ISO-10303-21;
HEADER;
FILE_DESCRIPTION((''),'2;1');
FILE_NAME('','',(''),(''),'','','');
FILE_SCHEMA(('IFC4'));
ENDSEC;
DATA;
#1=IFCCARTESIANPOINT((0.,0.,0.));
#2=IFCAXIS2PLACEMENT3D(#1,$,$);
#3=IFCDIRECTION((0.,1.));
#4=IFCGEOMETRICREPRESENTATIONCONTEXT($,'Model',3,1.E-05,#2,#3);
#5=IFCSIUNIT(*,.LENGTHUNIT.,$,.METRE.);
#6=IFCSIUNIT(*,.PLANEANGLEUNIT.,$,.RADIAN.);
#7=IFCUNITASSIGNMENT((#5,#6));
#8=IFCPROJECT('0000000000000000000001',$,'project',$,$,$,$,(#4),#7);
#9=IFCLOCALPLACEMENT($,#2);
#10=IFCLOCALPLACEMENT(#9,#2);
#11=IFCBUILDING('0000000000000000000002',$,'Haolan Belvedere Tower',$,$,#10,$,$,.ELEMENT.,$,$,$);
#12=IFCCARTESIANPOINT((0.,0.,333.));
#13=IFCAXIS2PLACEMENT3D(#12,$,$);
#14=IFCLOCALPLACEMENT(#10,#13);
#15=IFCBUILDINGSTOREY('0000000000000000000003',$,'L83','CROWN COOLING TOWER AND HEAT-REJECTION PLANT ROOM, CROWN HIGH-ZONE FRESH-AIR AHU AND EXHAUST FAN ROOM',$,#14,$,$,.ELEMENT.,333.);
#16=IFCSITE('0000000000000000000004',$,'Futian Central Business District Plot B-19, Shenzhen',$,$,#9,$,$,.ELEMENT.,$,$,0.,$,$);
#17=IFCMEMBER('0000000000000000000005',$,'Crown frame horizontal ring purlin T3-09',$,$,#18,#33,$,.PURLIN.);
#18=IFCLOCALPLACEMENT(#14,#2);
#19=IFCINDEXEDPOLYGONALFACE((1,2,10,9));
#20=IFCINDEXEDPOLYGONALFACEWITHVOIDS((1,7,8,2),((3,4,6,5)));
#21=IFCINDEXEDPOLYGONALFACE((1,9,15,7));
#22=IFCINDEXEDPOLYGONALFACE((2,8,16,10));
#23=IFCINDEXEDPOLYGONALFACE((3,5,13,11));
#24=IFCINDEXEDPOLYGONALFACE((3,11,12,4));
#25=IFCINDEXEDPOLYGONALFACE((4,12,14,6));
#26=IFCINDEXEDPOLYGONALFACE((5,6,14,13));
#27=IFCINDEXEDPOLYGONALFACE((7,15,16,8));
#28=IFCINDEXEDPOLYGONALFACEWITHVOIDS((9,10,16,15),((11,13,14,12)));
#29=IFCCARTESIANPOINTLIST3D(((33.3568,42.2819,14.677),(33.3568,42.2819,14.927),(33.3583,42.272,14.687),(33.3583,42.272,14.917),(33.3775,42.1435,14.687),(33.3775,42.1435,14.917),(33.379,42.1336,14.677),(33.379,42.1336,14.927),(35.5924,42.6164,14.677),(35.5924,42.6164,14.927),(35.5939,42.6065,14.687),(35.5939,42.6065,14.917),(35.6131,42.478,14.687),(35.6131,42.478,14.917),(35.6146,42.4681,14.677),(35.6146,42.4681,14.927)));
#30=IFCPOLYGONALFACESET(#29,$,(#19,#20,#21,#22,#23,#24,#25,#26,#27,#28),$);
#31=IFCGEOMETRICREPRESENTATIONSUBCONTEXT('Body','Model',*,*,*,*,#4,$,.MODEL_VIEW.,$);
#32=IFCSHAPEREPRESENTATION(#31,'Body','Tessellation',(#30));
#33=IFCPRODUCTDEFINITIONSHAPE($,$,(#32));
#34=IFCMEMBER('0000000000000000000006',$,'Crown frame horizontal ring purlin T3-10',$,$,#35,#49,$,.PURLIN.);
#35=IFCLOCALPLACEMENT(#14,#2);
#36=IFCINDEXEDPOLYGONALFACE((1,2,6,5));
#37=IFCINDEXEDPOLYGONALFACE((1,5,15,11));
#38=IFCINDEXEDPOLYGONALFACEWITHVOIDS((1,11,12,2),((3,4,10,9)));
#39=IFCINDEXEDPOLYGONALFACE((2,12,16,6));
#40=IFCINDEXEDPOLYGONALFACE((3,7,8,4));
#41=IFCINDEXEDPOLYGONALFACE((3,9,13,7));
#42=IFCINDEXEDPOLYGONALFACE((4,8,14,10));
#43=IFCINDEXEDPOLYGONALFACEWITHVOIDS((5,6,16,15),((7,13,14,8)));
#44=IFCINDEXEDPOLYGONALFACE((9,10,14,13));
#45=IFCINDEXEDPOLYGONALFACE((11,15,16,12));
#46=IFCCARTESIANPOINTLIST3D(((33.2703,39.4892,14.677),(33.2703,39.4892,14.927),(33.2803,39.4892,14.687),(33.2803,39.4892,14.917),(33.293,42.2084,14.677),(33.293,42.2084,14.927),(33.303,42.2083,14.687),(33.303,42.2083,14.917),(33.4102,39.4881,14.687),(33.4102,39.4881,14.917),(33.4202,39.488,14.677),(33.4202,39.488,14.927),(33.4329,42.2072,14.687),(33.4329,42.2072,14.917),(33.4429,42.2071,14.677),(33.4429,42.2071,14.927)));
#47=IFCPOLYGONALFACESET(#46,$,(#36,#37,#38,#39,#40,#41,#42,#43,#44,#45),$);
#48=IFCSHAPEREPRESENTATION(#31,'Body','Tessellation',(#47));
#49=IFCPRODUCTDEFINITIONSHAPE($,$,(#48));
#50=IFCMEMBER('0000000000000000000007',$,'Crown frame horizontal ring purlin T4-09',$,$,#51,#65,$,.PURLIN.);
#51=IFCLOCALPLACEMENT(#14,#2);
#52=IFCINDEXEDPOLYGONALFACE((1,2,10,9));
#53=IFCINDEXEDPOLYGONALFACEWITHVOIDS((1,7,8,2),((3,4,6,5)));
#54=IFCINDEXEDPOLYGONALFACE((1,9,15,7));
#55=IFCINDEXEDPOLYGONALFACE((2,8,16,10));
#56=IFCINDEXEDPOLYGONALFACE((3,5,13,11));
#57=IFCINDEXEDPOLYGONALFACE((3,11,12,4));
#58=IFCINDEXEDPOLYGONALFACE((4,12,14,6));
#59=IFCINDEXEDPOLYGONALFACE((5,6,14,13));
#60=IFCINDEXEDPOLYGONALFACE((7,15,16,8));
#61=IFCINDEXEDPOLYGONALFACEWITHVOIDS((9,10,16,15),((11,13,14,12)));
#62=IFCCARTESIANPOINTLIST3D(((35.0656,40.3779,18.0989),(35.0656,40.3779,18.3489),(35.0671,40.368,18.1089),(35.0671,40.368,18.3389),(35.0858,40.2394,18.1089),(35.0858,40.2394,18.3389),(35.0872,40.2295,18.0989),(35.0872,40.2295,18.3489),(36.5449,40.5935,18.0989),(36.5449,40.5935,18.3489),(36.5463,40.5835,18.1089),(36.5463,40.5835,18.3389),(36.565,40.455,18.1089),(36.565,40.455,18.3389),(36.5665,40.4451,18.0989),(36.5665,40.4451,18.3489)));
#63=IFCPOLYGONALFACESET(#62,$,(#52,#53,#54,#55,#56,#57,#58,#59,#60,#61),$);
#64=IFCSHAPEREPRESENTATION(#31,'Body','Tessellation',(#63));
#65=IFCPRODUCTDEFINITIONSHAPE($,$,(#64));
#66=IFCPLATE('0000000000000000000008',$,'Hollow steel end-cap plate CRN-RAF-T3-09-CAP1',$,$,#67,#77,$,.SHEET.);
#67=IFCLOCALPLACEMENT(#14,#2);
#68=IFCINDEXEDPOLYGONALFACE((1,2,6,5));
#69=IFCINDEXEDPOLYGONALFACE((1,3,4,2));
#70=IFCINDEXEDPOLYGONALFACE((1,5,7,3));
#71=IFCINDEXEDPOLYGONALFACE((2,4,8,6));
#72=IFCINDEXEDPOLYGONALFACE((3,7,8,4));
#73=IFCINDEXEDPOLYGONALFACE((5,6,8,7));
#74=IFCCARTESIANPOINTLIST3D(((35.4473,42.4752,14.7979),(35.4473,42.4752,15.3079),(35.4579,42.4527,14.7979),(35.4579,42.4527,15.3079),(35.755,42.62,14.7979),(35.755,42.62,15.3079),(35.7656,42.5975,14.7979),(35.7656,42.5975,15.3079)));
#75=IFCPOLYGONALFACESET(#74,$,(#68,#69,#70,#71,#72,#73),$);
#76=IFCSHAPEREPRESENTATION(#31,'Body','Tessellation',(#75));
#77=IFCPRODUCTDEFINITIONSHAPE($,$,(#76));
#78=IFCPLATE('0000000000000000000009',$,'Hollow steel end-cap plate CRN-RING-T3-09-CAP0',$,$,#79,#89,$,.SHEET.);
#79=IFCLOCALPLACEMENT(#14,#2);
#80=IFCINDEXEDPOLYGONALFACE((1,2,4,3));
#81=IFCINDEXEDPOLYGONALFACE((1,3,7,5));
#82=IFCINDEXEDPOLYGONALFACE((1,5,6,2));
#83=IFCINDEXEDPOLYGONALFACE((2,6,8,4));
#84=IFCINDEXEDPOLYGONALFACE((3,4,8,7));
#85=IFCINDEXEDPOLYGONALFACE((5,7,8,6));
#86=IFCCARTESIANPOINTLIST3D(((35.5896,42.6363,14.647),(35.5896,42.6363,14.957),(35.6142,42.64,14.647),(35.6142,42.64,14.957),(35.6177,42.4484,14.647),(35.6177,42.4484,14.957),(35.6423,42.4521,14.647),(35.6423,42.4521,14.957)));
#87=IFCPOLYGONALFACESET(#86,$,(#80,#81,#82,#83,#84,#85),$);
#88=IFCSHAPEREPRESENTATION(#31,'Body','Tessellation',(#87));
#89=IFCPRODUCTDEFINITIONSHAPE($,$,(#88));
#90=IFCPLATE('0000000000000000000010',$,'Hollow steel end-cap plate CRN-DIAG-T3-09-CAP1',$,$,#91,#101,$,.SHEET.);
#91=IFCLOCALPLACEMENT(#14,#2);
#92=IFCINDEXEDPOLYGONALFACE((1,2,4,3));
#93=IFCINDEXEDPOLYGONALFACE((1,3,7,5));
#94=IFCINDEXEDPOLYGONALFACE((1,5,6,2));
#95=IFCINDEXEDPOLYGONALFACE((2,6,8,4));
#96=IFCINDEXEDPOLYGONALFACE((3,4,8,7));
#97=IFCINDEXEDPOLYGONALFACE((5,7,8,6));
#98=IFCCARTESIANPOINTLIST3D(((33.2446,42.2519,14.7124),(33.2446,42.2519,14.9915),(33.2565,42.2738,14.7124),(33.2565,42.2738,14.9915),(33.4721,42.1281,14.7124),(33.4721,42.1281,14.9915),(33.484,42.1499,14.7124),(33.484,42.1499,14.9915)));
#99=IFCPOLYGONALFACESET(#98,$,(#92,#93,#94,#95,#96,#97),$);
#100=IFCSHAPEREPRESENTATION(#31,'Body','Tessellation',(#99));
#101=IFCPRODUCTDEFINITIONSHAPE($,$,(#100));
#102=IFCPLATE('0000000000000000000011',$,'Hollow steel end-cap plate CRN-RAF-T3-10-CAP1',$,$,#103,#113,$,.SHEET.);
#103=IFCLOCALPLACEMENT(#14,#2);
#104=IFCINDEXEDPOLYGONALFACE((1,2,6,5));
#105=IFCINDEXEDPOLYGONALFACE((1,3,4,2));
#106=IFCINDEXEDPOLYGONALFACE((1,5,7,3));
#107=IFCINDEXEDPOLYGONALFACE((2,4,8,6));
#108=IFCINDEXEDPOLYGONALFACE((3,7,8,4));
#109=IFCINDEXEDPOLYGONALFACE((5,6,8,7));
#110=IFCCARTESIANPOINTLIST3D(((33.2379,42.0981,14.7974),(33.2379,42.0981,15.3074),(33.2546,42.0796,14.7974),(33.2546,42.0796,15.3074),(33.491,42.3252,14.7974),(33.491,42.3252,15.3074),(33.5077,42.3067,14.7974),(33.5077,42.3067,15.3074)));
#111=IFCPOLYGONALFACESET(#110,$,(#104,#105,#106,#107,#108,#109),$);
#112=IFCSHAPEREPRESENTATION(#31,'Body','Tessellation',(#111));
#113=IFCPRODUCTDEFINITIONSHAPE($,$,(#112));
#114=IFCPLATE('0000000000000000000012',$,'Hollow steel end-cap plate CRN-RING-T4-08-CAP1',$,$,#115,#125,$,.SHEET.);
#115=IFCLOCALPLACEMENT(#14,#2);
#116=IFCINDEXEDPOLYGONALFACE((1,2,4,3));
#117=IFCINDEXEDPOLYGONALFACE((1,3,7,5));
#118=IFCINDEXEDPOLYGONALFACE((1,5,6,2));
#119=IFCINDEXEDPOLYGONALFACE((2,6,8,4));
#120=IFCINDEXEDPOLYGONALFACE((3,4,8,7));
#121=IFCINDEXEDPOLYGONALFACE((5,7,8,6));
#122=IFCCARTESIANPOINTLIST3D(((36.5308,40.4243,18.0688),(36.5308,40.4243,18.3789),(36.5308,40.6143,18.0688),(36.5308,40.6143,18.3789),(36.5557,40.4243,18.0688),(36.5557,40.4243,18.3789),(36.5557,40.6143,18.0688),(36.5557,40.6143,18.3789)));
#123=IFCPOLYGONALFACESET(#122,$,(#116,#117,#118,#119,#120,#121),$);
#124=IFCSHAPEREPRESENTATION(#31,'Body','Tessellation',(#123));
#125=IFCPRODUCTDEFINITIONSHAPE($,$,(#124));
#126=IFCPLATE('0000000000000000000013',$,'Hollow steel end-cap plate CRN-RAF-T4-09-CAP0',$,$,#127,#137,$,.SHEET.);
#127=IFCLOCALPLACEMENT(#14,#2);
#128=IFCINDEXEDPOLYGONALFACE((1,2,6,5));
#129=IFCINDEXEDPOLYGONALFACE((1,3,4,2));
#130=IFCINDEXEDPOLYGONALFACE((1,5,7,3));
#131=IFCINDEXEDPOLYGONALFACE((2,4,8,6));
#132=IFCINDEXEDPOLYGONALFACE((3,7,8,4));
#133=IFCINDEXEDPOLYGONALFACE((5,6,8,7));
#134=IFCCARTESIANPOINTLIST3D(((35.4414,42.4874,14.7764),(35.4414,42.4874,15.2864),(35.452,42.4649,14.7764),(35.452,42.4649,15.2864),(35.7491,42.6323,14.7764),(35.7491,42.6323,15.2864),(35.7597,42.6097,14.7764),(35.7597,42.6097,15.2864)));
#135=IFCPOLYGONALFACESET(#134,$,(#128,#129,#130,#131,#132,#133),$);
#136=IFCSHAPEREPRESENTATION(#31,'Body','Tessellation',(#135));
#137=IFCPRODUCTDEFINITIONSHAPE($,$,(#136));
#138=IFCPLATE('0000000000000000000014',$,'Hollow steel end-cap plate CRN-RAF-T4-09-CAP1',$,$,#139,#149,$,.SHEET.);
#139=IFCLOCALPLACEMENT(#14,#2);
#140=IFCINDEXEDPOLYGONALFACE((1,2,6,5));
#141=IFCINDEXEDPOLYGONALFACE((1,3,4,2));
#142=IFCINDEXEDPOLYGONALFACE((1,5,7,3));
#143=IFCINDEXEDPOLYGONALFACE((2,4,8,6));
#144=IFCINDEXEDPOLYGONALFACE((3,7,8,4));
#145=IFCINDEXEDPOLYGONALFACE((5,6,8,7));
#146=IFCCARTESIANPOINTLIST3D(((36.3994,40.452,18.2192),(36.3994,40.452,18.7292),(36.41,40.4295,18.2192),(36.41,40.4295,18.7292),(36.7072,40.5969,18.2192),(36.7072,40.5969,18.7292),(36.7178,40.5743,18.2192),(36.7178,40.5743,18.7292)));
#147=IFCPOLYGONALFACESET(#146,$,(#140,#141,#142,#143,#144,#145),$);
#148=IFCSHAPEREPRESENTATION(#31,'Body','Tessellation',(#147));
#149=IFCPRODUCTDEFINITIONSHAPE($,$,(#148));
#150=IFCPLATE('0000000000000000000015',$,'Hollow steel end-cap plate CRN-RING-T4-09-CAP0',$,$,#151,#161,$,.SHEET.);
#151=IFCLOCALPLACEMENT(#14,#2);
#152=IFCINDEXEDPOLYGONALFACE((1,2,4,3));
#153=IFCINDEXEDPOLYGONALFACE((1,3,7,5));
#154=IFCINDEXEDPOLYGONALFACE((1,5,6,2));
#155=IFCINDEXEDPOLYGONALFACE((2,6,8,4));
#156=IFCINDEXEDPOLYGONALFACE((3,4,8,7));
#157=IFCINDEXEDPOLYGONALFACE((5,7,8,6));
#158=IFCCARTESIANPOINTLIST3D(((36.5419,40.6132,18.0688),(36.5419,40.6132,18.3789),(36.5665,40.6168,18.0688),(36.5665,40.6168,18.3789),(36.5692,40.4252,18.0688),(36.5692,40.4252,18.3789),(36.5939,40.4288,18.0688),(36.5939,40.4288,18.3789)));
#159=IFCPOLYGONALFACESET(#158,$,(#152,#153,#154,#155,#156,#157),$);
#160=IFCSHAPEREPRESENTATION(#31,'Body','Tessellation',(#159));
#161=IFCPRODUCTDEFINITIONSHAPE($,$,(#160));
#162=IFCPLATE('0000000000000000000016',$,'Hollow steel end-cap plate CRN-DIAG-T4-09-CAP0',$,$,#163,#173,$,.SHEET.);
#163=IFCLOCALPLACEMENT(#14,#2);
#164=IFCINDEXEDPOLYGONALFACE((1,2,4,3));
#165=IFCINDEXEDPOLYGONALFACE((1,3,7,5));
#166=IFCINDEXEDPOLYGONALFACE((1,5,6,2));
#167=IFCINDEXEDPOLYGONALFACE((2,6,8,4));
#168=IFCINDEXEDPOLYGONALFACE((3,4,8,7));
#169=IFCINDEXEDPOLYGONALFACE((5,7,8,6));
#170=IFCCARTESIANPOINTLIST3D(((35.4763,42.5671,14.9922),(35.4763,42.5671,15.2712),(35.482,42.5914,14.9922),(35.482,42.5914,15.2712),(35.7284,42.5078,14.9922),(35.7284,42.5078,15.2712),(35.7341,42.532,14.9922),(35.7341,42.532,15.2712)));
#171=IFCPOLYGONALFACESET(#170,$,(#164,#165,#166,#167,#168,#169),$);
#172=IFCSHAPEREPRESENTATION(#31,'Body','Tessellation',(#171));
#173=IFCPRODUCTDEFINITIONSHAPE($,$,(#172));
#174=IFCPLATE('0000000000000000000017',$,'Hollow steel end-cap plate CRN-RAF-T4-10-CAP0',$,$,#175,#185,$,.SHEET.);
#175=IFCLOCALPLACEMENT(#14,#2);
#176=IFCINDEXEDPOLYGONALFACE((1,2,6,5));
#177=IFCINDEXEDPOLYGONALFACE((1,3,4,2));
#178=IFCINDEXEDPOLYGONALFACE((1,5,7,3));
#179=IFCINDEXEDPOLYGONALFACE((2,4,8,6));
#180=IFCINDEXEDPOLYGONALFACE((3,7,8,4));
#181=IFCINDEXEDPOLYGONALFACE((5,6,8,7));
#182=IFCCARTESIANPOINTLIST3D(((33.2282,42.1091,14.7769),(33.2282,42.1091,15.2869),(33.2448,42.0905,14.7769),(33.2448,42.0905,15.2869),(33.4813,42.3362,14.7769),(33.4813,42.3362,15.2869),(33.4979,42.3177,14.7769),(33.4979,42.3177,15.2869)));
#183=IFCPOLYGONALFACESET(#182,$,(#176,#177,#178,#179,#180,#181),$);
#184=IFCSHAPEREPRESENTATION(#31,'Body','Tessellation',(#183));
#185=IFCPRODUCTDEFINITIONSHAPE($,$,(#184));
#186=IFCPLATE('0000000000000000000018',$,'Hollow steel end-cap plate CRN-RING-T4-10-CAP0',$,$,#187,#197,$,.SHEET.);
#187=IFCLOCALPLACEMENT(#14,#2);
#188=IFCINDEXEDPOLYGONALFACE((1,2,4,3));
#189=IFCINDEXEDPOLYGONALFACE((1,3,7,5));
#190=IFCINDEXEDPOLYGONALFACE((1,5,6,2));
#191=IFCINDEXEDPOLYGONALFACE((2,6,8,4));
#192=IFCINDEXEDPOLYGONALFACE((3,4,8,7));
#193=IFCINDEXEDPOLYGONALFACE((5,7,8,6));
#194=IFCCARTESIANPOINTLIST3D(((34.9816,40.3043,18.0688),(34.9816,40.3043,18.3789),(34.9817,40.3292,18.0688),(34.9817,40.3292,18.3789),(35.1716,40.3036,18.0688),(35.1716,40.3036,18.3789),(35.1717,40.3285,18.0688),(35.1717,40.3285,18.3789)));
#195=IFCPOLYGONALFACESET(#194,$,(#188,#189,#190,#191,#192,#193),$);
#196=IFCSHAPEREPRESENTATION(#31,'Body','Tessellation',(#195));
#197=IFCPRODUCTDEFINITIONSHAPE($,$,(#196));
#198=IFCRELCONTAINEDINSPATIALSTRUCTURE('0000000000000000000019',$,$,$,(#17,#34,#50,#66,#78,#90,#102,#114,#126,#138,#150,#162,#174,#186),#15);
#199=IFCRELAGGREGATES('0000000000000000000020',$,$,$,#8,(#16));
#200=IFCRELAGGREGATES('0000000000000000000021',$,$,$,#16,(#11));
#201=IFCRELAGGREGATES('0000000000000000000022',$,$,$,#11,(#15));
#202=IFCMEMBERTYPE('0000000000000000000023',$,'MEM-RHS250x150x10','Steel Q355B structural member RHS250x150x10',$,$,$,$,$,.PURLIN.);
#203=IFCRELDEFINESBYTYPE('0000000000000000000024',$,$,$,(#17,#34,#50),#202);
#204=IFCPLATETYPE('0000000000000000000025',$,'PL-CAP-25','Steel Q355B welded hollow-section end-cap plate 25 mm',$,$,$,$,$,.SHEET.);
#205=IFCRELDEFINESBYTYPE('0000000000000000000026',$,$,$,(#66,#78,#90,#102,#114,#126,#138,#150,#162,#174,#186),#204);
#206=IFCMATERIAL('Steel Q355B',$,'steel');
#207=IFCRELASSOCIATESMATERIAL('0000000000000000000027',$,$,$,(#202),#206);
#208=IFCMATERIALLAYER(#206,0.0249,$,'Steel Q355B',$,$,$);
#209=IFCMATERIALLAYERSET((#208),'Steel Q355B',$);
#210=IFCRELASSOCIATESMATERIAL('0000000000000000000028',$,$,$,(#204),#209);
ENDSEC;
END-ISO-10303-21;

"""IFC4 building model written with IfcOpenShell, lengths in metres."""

from ifc_helpers import new_model, si_unit, direction, frame, origin, origin_2d, place, context, subcontext, project, spatial, rectangle, hollow_rectangle, extrude, material, layer, layer_set, material_profile, profile_set, type_object, element, save


model = new_model("IFC4")

# Units and contexts
model_context = context("Model", 3, precision=1e-05, world=origin(), true_north=direction((0.0, 1.0)))
body_context = subcontext(model_context, "Body", "Model", "MODEL_VIEW")
ifc_project = project(units=[si_unit("LENGTHUNIT", "METRE"), si_unit("PLANEANGLEUNIT", "RADIAN")], contexts=[model_context])

# Site, building, storey
site_placement = place(None, origin())
site = spatial("IfcSite", under=ifc_project, at=site_placement, Name="Futian Central Business District Plot B-19, Shenzhen", CompositionType="ELEMENT", RefElevation=0.0)
building_placement = place(site_placement, origin())
building = spatial("IfcBuilding", under=site, at=building_placement, Name="Haolan Belvedere Tower", CompositionType="ELEMENT")
storey_placement = place(building_placement, frame((0.0, 0.0, 333.0)))
storey = spatial("IfcBuildingStorey", under=building, at=storey_placement, Name="L83", Description="CROWN COOLING TOWER AND HEAT-REJECTION PLANT ROOM, CROWN HIGH-ZONE FRESH-AIR AHU AND EXHAUST FAN ROOM", CompositionType="ELEMENT", Elevation=333.0)

# Members
ifc_material_1 = material(Name="Steel Q355B", Category="steel")
ifc_material_profile_1 = material_profile(ifc_material_1, hollow_rectangle(XDim=0.1499, YDim=0.25, WallThickness=0.01, at=origin_2d()), Name="Steel Q355B")
ifc_profile_set_1 = profile_set([ifc_material_profile_1], Name="Steel Q355B")
member_type_1 = type_object("IfcMemberType", Name="MEM-RHS250x150x10", Description="Steel Q355B structural member RHS250x150x10", PredefinedType="PURLIN", material=ifc_profile_set_1)
member_1_placement = place(storey_placement, frame((35.6035, 42.5422, 14.802), z_axis=(-0.988993, -0.147965, 0.0), x_axis=(0.147965, -0.988993, 0.0)))
element("IfcMember", 1, at=member_1_placement, inside=storey, type_object=member_type_1, Name="Crown frame horizontal ring purlin T3-09", PredefinedType="PURLIN", context=body_context, shape_type="SweptSolid", body=[
    extrude(hollow_rectangle(XDim=0.1499, YDim=0.25, WallThickness=0.01, at=origin_2d()), origin(), (0.0, 0.0, 1.0), 2.2605),
])
member_2_placement = place(storey_placement, frame((33.3679, 42.2078, 14.802), z_axis=(-0.00835, -0.999965, 0.0), x_axis=(0.999965, -0.00835, 0.0)))
element("IfcMember", 2, at=member_2_placement, inside=storey, type_object=member_type_1, Name="Crown frame horizontal ring purlin T3-10", PredefinedType="PURLIN", context=body_context, shape_type="SweptSolid", body=[
    extrude(hollow_rectangle(XDim=0.1499, YDim=0.25, WallThickness=0.01, at=origin_2d()), origin(), (0.0, 0.0, 1.0), 2.7192),
])
member_3_placement = place(storey_placement, frame((36.5557, 40.5193, 18.2239), z_axis=(-0.989547, -0.14421, 0.0), x_axis=(0.14421, -0.989547, 0.0)))
element("IfcMember", 3, at=member_3_placement, inside=storey, type_object=member_type_1, Name="Crown frame horizontal ring purlin T4-09", PredefinedType="PURLIN", context=body_context, shape_type="SweptSolid", body=[
    extrude(hollow_rectangle(XDim=0.1499, YDim=0.25, WallThickness=0.01, at=origin_2d()), origin(), (0.0, 0.0, 1.0), 1.4949),
])

# Plates
ifc_layer_1 = layer(ifc_material_1, 0.0249, Name="Steel Q355B")
ifc_layer_set_1 = layer_set([ifc_layer_1], Name="Steel Q355B")
plate_type = type_object("IfcPlateType", Name="PL-CAP-25", Description="Steel Q355B welded hollow-section end-cap plate 25 mm", PredefinedType="SHEET", material=ifc_layer_set_1)
plate_1_placement = place(storey_placement, frame((35.6064, 42.5364, 14.7979), z_axis=(0.0, 0.0, 1.0), x_axis=(0.90482, 0.425795, 0.0)))
element("IfcPlate", 4, at=plate_1_placement, inside=storey, type_object=plate_type, Name="Hollow steel end-cap plate CRN-RAF-T3-09-CAP1", PredefinedType="SHEET", context=body_context, shape_type="SweptSolid", body=[
    extrude(rectangle(XDim=0.3401, YDim=0.0249, at=origin_2d()), origin(), (0.0, 0.0, 1.0), 0.51),
])
plate_2_placement = place(storey_placement, frame((35.616, 42.5442, 14.647), z_axis=(0.0, 0.0, 1.0), x_axis=(-0.147982, 0.98899, 0.0)))
element("IfcPlate", 5, at=plate_2_placement, inside=storey, type_object=plate_type, Name="Hollow steel end-cap plate CRN-RING-T3-09-CAP0", PredefinedType="SHEET", context=body_context, shape_type="SweptSolid", body=[
    extrude(rectangle(XDim=0.1899, YDim=0.0249, at=origin_2d()), origin(), (0.0, 0.0, 1.0), 0.3101),
])
plate_3_placement = place(storey_placement, frame((33.3643, 42.2009, 14.7124), z_axis=(0.0, 0.0, 1.0), x_axis=(0.878259, -0.478186, 0.0)))
element("IfcPlate", 6, at=plate_3_placement, inside=storey, type_object=plate_type, Name="Hollow steel end-cap plate CRN-DIAG-T3-09-CAP1", PredefinedType="SHEET", context=body_context, shape_type="SweptSolid", body=[
    extrude(rectangle(XDim=0.259, YDim=0.0249, at=origin_2d()), origin(), (0.0, 0.0, 1.0), 0.2791),
])
plate_4_placement = place(storey_placement, frame((33.3728, 42.2024, 14.7974), z_axis=(0.0, 0.0, 1.0), x_axis=(0.744288, 0.667859, 0.0)))
element("IfcPlate", 7, at=plate_4_placement, inside=storey, type_object=plate_type, Name="Hollow steel end-cap plate CRN-RAF-T3-10-CAP1", PredefinedType="SHEET", context=body_context, shape_type="SweptSolid", body=[
    extrude(rectangle(XDim=0.3401, YDim=0.0249, at=origin_2d()), origin(), (0.0, 0.0, 1.0), 0.51),
])
plate_5_placement = place(storey_placement, frame((36.5432, 40.5193, 18.0688), z_axis=(0.0, 0.0, 1.0), x_axis=(0.0, -1.0, 0.0)))
element("IfcPlate", 8, at=plate_5_placement, inside=storey, type_object=plate_type, Name="Hollow steel end-cap plate CRN-RING-T4-08-CAP1", PredefinedType="SHEET", context=body_context, shape_type="SweptSolid", body=[
    extrude(rectangle(XDim=0.1899, YDim=0.0249, at=origin_2d()), origin(), (0.0, 0.0, 1.0), 0.3101),
])
for number, where, z_axis, x_axis, name in (
    (9, (35.6006, 42.5486, 14.7764), (0.0, 0.0, 1.0), (-0.90482, -0.425795, 0.0), "Hollow steel end-cap plate CRN-RAF-T4-09-CAP0"),
    (10, (36.5586, 40.5132, 18.2192), (0.0, 0.0, 1.0), (0.90482, 0.425795, 0.0), "Hollow steel end-cap plate CRN-RAF-T4-09-CAP1"),
):
    element("IfcPlate", number, at=place(storey_placement, frame(where, z_axis=z_axis, x_axis=x_axis)), inside=storey, type_object=plate_type, Name=name, PredefinedType="SHEET", context=body_context, shape_type="SweptSolid", body=[
        extrude(rectangle(XDim=0.3401, YDim=0.0249, at=origin_2d()), origin(), (0.0, 0.0, 1.0), 0.51),
    ])
plate_6_placement = place(storey_placement, frame((36.5679, 40.521, 18.0688), z_axis=(0.0, 0.0, 1.0), x_axis=(-0.144166, 0.989553, 0.0)))
element("IfcPlate", 11, at=plate_6_placement, inside=storey, type_object=plate_type, Name="Hollow steel end-cap plate CRN-RING-T4-09-CAP0", PredefinedType="SHEET", context=body_context, shape_type="SweptSolid", body=[
    extrude(rectangle(XDim=0.1899, YDim=0.0249, at=origin_2d()), origin(), (0.0, 0.0, 1.0), 0.3101),
])
plate_7_placement = place(storey_placement, frame((35.6052, 42.5496, 14.9922), z_axis=(0.0, 0.0, 1.0), x_axis=(-0.973379, 0.2292, 0.0)))
element("IfcPlate", 12, at=plate_7_placement, inside=storey, type_object=plate_type, Name="Hollow steel end-cap plate CRN-DIAG-T4-09-CAP0", PredefinedType="SHEET", context=body_context, shape_type="SweptSolid", body=[
    extrude(rectangle(XDim=0.259, YDim=0.0249, at=origin_2d()), origin(), (0.0, 0.0, 1.0), 0.2791),
])
plate_8_placement = place(storey_placement, frame((33.363, 42.2134, 14.7769), z_axis=(0.0, 0.0, 1.0), x_axis=(-0.744288, -0.667859, 0.0)))
element("IfcPlate", 13, at=plate_8_placement, inside=storey, type_object=plate_type, Name="Hollow steel end-cap plate CRN-RAF-T4-10-CAP0", PredefinedType="SHEET", context=body_context, shape_type="SweptSolid", body=[
    extrude(rectangle(XDim=0.3401, YDim=0.0249, at=origin_2d()), origin(), (0.0, 0.0, 1.0), 0.51),
])
plate_9_placement = place(storey_placement, frame((35.0767, 40.3164, 18.0688), z_axis=(0.0, 0.0, 1.0), x_axis=(-0.999995, 0.003281, 0.0)))
element("IfcPlate", 14, at=plate_9_placement, inside=storey, type_object=plate_type, Name="Hollow steel end-cap plate CRN-RING-T4-10-CAP0", PredefinedType="SHEET", context=body_context, shape_type="SweptSolid", body=[
    extrude(rectangle(XDim=0.1899, YDim=0.0249, at=origin_2d()), origin(), (0.0, 0.0, 1.0), 0.3101),
])

save(model, "model.ifc")
